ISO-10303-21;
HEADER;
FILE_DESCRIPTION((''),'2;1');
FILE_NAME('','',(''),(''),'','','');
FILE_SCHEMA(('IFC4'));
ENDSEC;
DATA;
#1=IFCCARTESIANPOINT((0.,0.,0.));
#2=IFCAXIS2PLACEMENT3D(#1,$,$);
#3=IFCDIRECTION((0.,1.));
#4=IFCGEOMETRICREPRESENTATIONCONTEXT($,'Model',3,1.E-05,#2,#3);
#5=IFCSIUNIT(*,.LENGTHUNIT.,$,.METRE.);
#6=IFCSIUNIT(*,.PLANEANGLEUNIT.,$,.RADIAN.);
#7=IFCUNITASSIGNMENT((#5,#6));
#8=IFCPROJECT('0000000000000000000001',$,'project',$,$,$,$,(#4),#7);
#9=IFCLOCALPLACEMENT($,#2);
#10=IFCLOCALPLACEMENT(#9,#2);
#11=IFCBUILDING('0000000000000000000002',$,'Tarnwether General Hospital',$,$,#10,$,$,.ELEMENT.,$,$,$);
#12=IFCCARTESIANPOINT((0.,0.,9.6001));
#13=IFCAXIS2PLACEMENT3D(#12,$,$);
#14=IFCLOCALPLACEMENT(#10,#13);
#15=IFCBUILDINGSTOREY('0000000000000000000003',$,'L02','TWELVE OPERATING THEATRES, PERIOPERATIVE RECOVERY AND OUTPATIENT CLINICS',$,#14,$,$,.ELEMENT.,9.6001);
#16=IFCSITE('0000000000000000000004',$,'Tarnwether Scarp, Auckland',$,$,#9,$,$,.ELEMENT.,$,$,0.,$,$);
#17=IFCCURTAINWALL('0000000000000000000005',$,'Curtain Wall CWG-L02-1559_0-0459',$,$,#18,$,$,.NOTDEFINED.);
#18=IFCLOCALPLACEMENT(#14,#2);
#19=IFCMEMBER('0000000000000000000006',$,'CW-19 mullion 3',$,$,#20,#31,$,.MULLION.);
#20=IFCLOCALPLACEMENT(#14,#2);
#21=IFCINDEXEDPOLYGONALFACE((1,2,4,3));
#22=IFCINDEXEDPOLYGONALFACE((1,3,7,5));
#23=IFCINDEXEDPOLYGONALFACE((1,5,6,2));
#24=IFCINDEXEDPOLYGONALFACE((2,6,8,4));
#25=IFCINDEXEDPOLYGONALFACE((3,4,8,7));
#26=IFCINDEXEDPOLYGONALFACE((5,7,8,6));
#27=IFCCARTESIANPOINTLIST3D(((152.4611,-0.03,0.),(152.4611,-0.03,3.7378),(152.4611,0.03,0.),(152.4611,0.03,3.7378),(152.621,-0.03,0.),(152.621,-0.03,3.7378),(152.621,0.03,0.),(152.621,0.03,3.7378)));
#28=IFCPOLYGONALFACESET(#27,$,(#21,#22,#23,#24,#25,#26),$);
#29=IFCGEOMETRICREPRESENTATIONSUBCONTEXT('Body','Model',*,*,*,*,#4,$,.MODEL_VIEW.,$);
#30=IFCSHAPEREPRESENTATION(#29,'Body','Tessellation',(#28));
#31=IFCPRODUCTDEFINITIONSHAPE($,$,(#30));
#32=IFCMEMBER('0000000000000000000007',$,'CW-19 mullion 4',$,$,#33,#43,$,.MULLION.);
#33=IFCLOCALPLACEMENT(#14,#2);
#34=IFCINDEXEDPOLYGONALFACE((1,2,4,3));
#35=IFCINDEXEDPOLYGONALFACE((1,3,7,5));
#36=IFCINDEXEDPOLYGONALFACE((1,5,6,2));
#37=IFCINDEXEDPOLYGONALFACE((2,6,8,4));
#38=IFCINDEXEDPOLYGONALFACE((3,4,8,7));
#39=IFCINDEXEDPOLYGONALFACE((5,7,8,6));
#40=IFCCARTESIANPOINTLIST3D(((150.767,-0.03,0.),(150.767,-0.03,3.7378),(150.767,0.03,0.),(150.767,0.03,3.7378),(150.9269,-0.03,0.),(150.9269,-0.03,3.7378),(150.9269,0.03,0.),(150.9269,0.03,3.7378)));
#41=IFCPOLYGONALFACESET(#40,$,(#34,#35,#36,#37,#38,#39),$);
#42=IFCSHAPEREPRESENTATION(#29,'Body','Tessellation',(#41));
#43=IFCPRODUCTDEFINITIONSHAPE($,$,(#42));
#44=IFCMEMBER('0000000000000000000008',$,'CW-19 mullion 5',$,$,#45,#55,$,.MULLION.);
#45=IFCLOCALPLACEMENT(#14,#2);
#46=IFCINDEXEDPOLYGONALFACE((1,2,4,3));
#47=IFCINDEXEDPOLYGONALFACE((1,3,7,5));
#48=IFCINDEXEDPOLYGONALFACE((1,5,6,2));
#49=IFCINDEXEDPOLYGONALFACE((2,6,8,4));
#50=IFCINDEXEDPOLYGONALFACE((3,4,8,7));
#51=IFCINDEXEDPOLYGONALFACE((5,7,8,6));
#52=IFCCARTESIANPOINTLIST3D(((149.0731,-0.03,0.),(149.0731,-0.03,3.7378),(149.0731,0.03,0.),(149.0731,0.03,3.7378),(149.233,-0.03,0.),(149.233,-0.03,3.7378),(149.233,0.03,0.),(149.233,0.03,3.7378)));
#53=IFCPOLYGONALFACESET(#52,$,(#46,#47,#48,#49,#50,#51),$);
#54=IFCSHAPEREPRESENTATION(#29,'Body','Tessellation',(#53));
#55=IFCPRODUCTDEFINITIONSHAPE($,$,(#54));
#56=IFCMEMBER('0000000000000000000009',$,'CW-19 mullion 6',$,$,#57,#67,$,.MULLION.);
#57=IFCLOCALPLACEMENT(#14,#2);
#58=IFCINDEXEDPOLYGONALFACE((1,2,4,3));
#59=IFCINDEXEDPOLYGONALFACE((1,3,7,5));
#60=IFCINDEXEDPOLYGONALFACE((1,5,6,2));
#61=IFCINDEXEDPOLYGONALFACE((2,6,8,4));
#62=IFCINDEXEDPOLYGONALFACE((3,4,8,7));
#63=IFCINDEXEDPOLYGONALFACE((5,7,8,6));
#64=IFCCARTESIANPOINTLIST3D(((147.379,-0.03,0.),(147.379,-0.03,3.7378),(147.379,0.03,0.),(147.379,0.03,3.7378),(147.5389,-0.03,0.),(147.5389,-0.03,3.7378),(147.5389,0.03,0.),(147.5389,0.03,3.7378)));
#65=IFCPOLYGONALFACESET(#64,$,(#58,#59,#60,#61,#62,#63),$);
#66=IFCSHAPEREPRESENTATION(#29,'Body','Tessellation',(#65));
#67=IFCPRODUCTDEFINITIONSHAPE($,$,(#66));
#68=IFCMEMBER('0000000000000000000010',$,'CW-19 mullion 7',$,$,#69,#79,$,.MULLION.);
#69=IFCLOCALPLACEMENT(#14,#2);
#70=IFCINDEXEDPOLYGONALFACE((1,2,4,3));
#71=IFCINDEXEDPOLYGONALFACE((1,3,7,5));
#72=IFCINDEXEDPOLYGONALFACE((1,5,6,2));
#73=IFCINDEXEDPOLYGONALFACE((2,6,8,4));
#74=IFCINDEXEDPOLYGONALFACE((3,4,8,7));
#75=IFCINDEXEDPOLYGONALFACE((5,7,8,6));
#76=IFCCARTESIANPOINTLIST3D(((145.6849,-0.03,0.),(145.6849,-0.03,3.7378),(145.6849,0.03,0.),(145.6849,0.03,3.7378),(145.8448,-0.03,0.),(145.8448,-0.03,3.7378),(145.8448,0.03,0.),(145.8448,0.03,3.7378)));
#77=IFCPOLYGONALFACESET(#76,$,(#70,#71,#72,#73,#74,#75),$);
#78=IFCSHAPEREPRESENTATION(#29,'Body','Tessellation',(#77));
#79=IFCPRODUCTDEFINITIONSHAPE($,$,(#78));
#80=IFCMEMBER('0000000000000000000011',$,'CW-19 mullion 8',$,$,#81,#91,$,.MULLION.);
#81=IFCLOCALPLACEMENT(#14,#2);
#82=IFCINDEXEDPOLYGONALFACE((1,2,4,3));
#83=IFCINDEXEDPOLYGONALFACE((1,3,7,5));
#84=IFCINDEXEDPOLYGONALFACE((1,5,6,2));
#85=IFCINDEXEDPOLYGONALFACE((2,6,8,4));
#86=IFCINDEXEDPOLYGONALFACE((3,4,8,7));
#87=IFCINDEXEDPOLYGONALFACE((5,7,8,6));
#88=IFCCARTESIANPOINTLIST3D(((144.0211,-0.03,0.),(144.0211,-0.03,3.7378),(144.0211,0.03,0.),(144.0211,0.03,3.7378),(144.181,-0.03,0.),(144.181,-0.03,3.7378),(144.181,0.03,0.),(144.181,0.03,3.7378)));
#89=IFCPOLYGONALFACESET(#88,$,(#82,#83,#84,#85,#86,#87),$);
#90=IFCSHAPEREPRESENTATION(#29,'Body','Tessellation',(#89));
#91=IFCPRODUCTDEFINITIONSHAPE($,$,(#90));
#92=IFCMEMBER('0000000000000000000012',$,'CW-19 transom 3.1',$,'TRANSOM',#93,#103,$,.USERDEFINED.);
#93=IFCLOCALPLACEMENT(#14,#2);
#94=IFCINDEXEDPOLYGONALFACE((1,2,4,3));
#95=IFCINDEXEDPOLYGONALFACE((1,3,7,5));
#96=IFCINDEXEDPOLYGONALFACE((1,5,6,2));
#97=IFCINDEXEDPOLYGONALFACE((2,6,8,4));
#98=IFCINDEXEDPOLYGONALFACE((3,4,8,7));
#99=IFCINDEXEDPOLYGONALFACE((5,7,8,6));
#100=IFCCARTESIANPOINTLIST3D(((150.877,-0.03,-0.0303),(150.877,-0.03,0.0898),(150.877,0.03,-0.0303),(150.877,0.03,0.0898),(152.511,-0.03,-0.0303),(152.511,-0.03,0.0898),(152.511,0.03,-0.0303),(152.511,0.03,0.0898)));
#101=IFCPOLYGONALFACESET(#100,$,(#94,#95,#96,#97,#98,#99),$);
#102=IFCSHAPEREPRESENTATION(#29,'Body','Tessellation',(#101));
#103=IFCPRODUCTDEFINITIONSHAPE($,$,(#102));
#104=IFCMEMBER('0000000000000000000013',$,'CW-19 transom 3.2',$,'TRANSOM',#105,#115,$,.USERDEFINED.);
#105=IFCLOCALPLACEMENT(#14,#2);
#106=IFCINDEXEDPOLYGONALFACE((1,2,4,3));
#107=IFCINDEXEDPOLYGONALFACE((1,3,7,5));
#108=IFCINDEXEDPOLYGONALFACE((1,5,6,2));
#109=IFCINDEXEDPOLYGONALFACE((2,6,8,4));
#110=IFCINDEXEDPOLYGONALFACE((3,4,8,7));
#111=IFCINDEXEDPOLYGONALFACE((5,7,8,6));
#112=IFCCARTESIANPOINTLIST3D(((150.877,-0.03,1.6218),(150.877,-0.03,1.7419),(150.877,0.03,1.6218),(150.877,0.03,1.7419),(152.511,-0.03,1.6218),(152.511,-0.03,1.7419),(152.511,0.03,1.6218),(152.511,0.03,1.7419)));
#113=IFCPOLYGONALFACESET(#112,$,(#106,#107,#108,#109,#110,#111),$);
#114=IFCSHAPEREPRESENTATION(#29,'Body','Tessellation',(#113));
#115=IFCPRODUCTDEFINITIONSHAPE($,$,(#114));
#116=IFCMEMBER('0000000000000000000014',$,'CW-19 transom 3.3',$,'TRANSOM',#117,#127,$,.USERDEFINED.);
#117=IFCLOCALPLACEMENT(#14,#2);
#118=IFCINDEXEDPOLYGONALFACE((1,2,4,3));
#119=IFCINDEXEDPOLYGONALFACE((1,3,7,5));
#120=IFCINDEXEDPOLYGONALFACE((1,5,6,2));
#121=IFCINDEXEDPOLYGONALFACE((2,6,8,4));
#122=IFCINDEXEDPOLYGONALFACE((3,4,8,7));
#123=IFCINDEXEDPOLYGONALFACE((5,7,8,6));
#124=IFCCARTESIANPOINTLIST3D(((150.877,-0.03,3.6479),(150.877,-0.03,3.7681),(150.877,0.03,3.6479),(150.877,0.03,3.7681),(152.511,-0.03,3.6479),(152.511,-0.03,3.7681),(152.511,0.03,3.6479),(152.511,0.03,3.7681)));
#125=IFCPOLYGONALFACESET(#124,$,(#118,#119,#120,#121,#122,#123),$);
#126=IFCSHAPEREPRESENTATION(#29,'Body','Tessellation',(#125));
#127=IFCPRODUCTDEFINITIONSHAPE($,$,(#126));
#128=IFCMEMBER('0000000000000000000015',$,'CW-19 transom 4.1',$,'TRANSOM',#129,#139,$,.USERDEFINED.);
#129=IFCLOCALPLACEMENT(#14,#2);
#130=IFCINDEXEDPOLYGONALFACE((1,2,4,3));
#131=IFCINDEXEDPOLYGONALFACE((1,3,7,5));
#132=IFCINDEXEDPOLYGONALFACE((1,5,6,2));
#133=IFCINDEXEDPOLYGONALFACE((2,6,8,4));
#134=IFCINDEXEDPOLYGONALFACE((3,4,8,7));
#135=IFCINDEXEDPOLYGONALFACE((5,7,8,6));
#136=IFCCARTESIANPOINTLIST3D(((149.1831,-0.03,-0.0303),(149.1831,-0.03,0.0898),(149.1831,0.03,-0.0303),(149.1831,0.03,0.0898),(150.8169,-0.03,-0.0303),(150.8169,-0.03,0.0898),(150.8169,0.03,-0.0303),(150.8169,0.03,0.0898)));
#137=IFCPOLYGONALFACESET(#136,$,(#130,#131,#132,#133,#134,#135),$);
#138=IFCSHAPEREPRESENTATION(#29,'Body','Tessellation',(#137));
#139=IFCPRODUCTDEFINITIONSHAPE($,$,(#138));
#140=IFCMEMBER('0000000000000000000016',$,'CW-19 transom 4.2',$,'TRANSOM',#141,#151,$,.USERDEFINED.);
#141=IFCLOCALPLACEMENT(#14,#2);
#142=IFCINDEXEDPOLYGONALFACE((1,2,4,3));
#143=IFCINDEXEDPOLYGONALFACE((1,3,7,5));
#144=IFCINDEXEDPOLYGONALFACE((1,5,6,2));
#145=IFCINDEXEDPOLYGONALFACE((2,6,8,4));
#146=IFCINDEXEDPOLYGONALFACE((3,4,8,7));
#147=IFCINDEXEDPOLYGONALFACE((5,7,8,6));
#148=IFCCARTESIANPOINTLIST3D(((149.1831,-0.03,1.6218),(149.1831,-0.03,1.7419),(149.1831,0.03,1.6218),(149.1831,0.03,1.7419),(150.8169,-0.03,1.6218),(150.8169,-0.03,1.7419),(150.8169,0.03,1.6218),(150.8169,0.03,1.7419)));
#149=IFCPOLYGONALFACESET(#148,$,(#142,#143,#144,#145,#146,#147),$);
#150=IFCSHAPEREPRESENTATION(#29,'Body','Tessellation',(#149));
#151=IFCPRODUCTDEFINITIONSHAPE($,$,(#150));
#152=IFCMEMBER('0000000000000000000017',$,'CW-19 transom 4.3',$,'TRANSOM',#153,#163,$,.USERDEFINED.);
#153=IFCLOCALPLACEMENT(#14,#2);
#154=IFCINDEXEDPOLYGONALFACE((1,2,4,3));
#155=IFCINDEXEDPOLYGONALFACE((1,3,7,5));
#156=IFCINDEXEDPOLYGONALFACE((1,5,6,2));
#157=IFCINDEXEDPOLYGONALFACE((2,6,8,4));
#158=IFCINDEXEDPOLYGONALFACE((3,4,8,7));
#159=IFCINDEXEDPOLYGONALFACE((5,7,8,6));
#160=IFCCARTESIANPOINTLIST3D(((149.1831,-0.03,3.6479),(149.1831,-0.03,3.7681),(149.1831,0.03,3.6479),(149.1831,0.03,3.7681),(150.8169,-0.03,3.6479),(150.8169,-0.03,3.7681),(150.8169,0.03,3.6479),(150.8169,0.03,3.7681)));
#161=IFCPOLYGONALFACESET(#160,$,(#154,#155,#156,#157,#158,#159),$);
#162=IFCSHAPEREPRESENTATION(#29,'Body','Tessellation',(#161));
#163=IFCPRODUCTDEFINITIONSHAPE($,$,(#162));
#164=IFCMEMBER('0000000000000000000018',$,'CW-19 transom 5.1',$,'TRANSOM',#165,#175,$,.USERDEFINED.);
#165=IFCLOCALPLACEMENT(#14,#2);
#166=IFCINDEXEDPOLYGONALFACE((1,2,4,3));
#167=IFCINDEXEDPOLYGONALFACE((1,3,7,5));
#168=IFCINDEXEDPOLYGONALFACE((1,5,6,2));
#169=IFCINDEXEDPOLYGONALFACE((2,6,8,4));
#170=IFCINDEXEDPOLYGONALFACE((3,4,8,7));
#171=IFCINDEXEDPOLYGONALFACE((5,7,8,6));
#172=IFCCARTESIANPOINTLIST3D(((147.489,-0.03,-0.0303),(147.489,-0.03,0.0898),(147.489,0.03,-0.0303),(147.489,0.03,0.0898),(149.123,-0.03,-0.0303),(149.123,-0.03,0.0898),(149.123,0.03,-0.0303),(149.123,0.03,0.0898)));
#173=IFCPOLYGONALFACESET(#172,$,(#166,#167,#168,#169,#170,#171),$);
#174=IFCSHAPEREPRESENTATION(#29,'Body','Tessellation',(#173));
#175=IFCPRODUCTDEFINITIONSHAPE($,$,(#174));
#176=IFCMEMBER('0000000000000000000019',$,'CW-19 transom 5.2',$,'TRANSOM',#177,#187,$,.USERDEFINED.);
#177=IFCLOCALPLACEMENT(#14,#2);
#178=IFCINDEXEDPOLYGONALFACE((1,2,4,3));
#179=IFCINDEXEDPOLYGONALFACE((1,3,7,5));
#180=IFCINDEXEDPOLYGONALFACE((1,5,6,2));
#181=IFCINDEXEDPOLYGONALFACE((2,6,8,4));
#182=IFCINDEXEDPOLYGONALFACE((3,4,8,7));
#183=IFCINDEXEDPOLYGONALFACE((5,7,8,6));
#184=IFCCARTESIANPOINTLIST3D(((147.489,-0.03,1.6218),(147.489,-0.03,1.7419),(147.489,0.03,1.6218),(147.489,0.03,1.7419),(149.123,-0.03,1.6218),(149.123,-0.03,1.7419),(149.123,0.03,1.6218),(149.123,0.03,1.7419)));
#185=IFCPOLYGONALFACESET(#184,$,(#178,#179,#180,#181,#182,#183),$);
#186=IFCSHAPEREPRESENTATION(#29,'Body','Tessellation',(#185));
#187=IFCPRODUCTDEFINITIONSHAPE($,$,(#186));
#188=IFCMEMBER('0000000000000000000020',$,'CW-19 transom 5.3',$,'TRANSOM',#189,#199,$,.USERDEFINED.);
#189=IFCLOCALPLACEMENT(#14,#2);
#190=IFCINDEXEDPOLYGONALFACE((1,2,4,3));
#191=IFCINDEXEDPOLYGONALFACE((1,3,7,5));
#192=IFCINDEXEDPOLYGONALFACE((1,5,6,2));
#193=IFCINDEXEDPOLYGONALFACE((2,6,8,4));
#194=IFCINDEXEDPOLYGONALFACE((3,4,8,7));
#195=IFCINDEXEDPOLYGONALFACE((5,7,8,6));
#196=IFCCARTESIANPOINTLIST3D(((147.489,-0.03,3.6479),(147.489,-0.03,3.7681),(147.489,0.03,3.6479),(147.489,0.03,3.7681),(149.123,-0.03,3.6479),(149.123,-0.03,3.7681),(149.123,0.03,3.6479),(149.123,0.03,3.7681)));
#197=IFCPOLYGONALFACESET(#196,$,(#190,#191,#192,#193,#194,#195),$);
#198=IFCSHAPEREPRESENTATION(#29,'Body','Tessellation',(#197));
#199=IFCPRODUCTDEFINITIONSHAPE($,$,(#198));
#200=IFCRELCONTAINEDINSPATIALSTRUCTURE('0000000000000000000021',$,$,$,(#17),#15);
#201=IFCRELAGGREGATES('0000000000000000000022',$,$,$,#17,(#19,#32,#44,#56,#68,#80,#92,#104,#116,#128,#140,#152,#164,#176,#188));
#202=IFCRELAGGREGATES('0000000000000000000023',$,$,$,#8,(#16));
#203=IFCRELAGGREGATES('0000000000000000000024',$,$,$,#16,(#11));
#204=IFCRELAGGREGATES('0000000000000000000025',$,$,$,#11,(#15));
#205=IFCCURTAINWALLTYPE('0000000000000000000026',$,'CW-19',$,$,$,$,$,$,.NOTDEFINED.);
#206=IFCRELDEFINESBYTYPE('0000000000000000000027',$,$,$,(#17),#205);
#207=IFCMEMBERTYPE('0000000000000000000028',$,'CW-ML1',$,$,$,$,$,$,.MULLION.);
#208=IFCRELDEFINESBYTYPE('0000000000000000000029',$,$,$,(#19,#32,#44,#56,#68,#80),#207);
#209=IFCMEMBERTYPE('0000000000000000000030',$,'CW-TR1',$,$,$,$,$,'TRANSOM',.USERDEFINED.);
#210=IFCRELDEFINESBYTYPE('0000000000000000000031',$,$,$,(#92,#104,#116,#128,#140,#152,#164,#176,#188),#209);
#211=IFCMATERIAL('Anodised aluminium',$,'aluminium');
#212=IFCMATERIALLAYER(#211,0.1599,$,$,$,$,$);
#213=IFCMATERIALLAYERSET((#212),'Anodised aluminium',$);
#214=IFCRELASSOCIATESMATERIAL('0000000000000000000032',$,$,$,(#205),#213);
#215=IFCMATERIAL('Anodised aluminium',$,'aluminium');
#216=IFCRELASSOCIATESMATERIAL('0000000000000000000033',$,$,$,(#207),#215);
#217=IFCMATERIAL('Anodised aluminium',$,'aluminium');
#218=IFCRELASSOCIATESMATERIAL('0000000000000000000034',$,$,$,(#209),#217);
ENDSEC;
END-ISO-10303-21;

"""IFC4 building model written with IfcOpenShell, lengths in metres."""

from ifc_helpers import new_model, si_unit, direction, frame, origin, origin_2d, place, context, subcontext, project, spatial, rectangle, extrude, material, layer, layer_set, material_profile, profile_set, type_object, element, aggregate, save


model = new_model("IFC4")

# Units and contexts
model_context = context("Model", 3, precision=1e-05, world=origin(), true_north=direction((0.0, 1.0)))
body_context = subcontext(model_context, "Body", "Model", "MODEL_VIEW")
ifc_project = project(units=[si_unit("LENGTHUNIT", "METRE"), si_unit("PLANEANGLEUNIT", "RADIAN")], contexts=[model_context])

# Site, building, storey
site_placement = place(None, origin())
site = spatial("IfcSite", under=ifc_project, at=site_placement, Name="Tarnwether Scarp, Auckland", CompositionType="ELEMENT", RefElevation=0.0)
building_placement = place(site_placement, origin())
building = spatial("IfcBuilding", under=site, at=building_placement, Name="Tarnwether General Hospital", CompositionType="ELEMENT")
storey_placement = place(building_placement, frame((0.0, 0.0, 9.6001)))
storey = spatial("IfcBuildingStorey", under=building, at=storey_placement, Name="L02", Description="TWELVE OPERATING THEATRES, PERIOPERATIVE RECOVERY AND OUTPATIENT CLINICS", CompositionType="ELEMENT", Elevation=9.6001)

# Curtain wall, members
ifc_material_1 = material(Name="Anodised aluminium", Category="aluminium")
ifc_layer_1 = layer(ifc_material_1, 0.1599)
ifc_layer_set_1 = layer_set([ifc_layer_1], Name="Anodised aluminium")
curtain_wall_type = type_object("IfcCurtainWallType", Name="CW-19", PredefinedType="NOTDEFINED", material=ifc_layer_set_1)
curtain_wall_placement = place(storey_placement, origin())
curtain_wall = element("IfcCurtainWall", 1, at=curtain_wall_placement, inside=storey, type_object=curtain_wall_type, Name="Curtain Wall CWG-L02-1559_0-0459", PredefinedType="NOTDEFINED")
ifc_material_2 = material(Name="Anodised aluminium", Category="aluminium")
ifc_material_profile_1 = material_profile(ifc_material_2, rectangle(XDim=0.0601, YDim=0.1599, at=origin_2d()), Name="ALU-MUL-60x160")
ifc_profile_set_1 = profile_set([ifc_material_profile_1], Name="Anodised aluminium")
member_type_1 = type_object("IfcMemberType", Name="CW-ML1", PredefinedType="MULLION", material=ifc_profile_set_1)
member_1_placement = place(storey_placement, frame((152.541, 0.0, 0.0), z_axis=(0.0, 0.0, 1.0), x_axis=(0.0, -1.0, 0.0)))
member_1 = element("IfcMember", 2, at=member_1_placement, type_object=member_type_1, Name="CW-19 mullion 3", PredefinedType="MULLION", context=body_context, shape_type="SweptSolid", body=[
    extrude(rectangle(XDim=0.0601, YDim=0.1599, at=origin_2d()), origin(), (0.0, 0.0, 1.0), 3.7378),
])
member_2_placement = place(storey_placement, frame((150.8469, 0.0, 0.0), z_axis=(0.0, 0.0, 1.0), x_axis=(0.0, -1.0, 0.0)))
member_2 = element("IfcMember", 3, at=member_2_placement, type_object=member_type_1, Name="CW-19 mullion 4", PredefinedType="MULLION", context=body_context, shape_type="SweptSolid", body=[
    extrude(rectangle(XDim=0.0601, YDim=0.1599, at=origin_2d()), origin(), (0.0, 0.0, 1.0), 3.7378),
])
member_3_placement = place(storey_placement, frame((149.1531, 0.0, 0.0), z_axis=(0.0, 0.0, 1.0), x_axis=(0.0, -1.0, 0.0)))
member_3 = element("IfcMember", 4, at=member_3_placement, type_object=member_type_1, Name="CW-19 mullion 5", PredefinedType="MULLION", context=body_context, shape_type="SweptSolid", body=[
    extrude(rectangle(XDim=0.0601, YDim=0.1599, at=origin_2d()), origin(), (0.0, 0.0, 1.0), 3.7378),
])
member_4_placement = place(storey_placement, frame((147.459, 0.0, 0.0), z_axis=(0.0, 0.0, 1.0), x_axis=(0.0, -1.0, 0.0)))
member_4 = element("IfcMember", 5, at=member_4_placement, type_object=member_type_1, Name="CW-19 mullion 6", PredefinedType="MULLION", context=body_context, shape_type="SweptSolid", body=[
    extrude(rectangle(XDim=0.0601, YDim=0.1599, at=origin_2d()), origin(), (0.0, 0.0, 1.0), 3.7378),
])
member_5_placement = place(storey_placement, frame((145.7649, 0.0, 0.0), z_axis=(0.0, 0.0, 1.0), x_axis=(0.0, -1.0, 0.0)))
member_5 = element("IfcMember", 6, at=member_5_placement, type_object=member_type_1, Name="CW-19 mullion 7", PredefinedType="MULLION", context=body_context, shape_type="SweptSolid", body=[
    extrude(rectangle(XDim=0.0601, YDim=0.1599, at=origin_2d()), origin(), (0.0, 0.0, 1.0), 3.7378),
])
member_6_placement = place(storey_placement, frame((144.1011, 0.0, 0.0), z_axis=(0.0, 0.0, 1.0), x_axis=(0.0, -1.0, 0.0)))
member_6 = element("IfcMember", 7, at=member_6_placement, type_object=member_type_1, Name="CW-19 mullion 8", PredefinedType="MULLION", context=body_context, shape_type="SweptSolid", body=[
    extrude(rectangle(XDim=0.0601, YDim=0.1599, at=origin_2d()), origin(), (0.0, 0.0, 1.0), 3.7378),
])
ifc_material_3 = material(Name="Anodised aluminium", Category="aluminium")
ifc_material_profile_2 = material_profile(ifc_material_3, rectangle(XDim=0.0601, YDim=0.1201, at=origin_2d()), Name="ALU-TRN-60x120")
ifc_profile_set_2 = profile_set([ifc_material_profile_2], Name="Anodised aluminium")
member_type_2 = type_object("IfcMemberType", Name="CW-TR1", ElementType="TRANSOM", PredefinedType="USERDEFINED", material=ifc_profile_set_2)
member_7_placement = place(storey_placement, frame((152.511, 0.0, 0.0298), z_axis=(-1.0, 0.0, 0.0), x_axis=(0.0, -1.0, 0.0)))
member_7 = element("IfcMember", 8, at=member_7_placement, type_object=member_type_2, Name="CW-19 transom 3.1", ObjectType="TRANSOM", PredefinedType="USERDEFINED", context=body_context, shape_type="SweptSolid", body=[
    extrude(rectangle(XDim=0.0601, YDim=0.1201, at=origin_2d()), origin(), (0.0, 0.0, 1.0), 1.634),
])
member_8_placement = place(storey_placement, frame((152.511, 0.0, 1.6819), z_axis=(-1.0, 0.0, 0.0), x_axis=(0.0, -1.0, 0.0)))
member_8 = element("IfcMember", 9, at=member_8_placement, type_object=member_type_2, Name="CW-19 transom 3.2", ObjectType="TRANSOM", PredefinedType="USERDEFINED", context=body_context, shape_type="SweptSolid", body=[
    extrude(rectangle(XDim=0.0601, YDim=0.1201, at=origin_2d()), origin(), (0.0, 0.0, 1.0), 1.634),
])
member_9_placement = place(storey_placement, frame((152.511, 0.0, 3.708), z_axis=(-1.0, 0.0, 0.0), x_axis=(0.0, -1.0, 0.0)))
member_9 = element("IfcMember", 10, at=member_9_placement, type_object=member_type_2, Name="CW-19 transom 3.3", ObjectType="TRANSOM", PredefinedType="USERDEFINED", context=body_context, shape_type="SweptSolid", body=[
    extrude(rectangle(XDim=0.0601, YDim=0.1201, at=origin_2d()), origin(), (0.0, 0.0, 1.0), 1.634),
])
member_10_placement = place(storey_placement, frame((150.8169, 0.0, 0.0298), z_axis=(-1.0, 0.0, 0.0), x_axis=(0.0, -1.0, 0.0)))
member_10 = element("IfcMember", 11, at=member_10_placement, type_object=member_type_2, Name="CW-19 transom 4.1", ObjectType="TRANSOM", PredefinedType="USERDEFINED", context=body_context, shape_type="SweptSolid", body=[
    extrude(rectangle(XDim=0.0601, YDim=0.1201, at=origin_2d()), origin(), (0.0, 0.0, 1.0), 1.6338),
])
member_11_placement = place(storey_placement, frame((150.8169, 0.0, 1.6819), z_axis=(-1.0, 0.0, 0.0), x_axis=(0.0, -1.0, 0.0)))
member_11 = element("IfcMember", 12, at=member_11_placement, type_object=member_type_2, Name="CW-19 transom 4.2", ObjectType="TRANSOM", PredefinedType="USERDEFINED", context=body_context, shape_type="SweptSolid", body=[
    extrude(rectangle(XDim=0.0601, YDim=0.1201, at=origin_2d()), origin(), (0.0, 0.0, 1.0), 1.6338),
])
member_12_placement = place(storey_placement, frame((150.8169, 0.0, 3.708), z_axis=(-1.0, 0.0, 0.0), x_axis=(0.0, -1.0, 0.0)))
member_12 = element("IfcMember", 13, at=member_12_placement, type_object=member_type_2, Name="CW-19 transom 4.3", ObjectType="TRANSOM", PredefinedType="USERDEFINED", context=body_context, shape_type="SweptSolid", body=[
    extrude(rectangle(XDim=0.0601, YDim=0.1201, at=origin_2d()), origin(), (0.0, 0.0, 1.0), 1.6338),
])
member_13_placement = place(storey_placement, frame((149.123, 0.0, 0.0298), z_axis=(-1.0, 0.0, 0.0), x_axis=(0.0, -1.0, 0.0)))
member_13 = element("IfcMember", 14, at=member_13_placement, type_object=member_type_2, Name="CW-19 transom 5.1", ObjectType="TRANSOM", PredefinedType="USERDEFINED", context=body_context, shape_type="SweptSolid", body=[
    extrude(rectangle(XDim=0.0601, YDim=0.1201, at=origin_2d()), origin(), (0.0, 0.0, 1.0), 1.634),
])
member_14_placement = place(storey_placement, frame((149.123, 0.0, 1.6819), z_axis=(-1.0, 0.0, 0.0), x_axis=(0.0, -1.0, 0.0)))
member_14 = element("IfcMember", 15, at=member_14_placement, type_object=member_type_2, Name="CW-19 transom 5.2", ObjectType="TRANSOM", PredefinedType="USERDEFINED", context=body_context, shape_type="SweptSolid", body=[
    extrude(rectangle(XDim=0.0601, YDim=0.1201, at=origin_2d()), origin(), (0.0, 0.0, 1.0), 1.634),
])
member_15_placement = place(storey_placement, frame((149.123, 0.0, 3.708), z_axis=(-1.0, 0.0, 0.0), x_axis=(0.0, -1.0, 0.0)))
member_15 = element("IfcMember", 16, at=member_15_placement, type_object=member_type_2, Name="CW-19 transom 5.3", ObjectType="TRANSOM", PredefinedType="USERDEFINED", context=body_context, shape_type="SweptSolid", body=[
    extrude(rectangle(XDim=0.0601, YDim=0.1201, at=origin_2d()), origin(), (0.0, 0.0, 1.0), 1.634),
])
aggregate(curtain_wall, [member_1, member_2, member_3, member_4, member_5, member_6, member_7, member_8, member_9, member_10, member_11, member_12, member_13, member_14, member_15])

save(model, "model.ifc")
